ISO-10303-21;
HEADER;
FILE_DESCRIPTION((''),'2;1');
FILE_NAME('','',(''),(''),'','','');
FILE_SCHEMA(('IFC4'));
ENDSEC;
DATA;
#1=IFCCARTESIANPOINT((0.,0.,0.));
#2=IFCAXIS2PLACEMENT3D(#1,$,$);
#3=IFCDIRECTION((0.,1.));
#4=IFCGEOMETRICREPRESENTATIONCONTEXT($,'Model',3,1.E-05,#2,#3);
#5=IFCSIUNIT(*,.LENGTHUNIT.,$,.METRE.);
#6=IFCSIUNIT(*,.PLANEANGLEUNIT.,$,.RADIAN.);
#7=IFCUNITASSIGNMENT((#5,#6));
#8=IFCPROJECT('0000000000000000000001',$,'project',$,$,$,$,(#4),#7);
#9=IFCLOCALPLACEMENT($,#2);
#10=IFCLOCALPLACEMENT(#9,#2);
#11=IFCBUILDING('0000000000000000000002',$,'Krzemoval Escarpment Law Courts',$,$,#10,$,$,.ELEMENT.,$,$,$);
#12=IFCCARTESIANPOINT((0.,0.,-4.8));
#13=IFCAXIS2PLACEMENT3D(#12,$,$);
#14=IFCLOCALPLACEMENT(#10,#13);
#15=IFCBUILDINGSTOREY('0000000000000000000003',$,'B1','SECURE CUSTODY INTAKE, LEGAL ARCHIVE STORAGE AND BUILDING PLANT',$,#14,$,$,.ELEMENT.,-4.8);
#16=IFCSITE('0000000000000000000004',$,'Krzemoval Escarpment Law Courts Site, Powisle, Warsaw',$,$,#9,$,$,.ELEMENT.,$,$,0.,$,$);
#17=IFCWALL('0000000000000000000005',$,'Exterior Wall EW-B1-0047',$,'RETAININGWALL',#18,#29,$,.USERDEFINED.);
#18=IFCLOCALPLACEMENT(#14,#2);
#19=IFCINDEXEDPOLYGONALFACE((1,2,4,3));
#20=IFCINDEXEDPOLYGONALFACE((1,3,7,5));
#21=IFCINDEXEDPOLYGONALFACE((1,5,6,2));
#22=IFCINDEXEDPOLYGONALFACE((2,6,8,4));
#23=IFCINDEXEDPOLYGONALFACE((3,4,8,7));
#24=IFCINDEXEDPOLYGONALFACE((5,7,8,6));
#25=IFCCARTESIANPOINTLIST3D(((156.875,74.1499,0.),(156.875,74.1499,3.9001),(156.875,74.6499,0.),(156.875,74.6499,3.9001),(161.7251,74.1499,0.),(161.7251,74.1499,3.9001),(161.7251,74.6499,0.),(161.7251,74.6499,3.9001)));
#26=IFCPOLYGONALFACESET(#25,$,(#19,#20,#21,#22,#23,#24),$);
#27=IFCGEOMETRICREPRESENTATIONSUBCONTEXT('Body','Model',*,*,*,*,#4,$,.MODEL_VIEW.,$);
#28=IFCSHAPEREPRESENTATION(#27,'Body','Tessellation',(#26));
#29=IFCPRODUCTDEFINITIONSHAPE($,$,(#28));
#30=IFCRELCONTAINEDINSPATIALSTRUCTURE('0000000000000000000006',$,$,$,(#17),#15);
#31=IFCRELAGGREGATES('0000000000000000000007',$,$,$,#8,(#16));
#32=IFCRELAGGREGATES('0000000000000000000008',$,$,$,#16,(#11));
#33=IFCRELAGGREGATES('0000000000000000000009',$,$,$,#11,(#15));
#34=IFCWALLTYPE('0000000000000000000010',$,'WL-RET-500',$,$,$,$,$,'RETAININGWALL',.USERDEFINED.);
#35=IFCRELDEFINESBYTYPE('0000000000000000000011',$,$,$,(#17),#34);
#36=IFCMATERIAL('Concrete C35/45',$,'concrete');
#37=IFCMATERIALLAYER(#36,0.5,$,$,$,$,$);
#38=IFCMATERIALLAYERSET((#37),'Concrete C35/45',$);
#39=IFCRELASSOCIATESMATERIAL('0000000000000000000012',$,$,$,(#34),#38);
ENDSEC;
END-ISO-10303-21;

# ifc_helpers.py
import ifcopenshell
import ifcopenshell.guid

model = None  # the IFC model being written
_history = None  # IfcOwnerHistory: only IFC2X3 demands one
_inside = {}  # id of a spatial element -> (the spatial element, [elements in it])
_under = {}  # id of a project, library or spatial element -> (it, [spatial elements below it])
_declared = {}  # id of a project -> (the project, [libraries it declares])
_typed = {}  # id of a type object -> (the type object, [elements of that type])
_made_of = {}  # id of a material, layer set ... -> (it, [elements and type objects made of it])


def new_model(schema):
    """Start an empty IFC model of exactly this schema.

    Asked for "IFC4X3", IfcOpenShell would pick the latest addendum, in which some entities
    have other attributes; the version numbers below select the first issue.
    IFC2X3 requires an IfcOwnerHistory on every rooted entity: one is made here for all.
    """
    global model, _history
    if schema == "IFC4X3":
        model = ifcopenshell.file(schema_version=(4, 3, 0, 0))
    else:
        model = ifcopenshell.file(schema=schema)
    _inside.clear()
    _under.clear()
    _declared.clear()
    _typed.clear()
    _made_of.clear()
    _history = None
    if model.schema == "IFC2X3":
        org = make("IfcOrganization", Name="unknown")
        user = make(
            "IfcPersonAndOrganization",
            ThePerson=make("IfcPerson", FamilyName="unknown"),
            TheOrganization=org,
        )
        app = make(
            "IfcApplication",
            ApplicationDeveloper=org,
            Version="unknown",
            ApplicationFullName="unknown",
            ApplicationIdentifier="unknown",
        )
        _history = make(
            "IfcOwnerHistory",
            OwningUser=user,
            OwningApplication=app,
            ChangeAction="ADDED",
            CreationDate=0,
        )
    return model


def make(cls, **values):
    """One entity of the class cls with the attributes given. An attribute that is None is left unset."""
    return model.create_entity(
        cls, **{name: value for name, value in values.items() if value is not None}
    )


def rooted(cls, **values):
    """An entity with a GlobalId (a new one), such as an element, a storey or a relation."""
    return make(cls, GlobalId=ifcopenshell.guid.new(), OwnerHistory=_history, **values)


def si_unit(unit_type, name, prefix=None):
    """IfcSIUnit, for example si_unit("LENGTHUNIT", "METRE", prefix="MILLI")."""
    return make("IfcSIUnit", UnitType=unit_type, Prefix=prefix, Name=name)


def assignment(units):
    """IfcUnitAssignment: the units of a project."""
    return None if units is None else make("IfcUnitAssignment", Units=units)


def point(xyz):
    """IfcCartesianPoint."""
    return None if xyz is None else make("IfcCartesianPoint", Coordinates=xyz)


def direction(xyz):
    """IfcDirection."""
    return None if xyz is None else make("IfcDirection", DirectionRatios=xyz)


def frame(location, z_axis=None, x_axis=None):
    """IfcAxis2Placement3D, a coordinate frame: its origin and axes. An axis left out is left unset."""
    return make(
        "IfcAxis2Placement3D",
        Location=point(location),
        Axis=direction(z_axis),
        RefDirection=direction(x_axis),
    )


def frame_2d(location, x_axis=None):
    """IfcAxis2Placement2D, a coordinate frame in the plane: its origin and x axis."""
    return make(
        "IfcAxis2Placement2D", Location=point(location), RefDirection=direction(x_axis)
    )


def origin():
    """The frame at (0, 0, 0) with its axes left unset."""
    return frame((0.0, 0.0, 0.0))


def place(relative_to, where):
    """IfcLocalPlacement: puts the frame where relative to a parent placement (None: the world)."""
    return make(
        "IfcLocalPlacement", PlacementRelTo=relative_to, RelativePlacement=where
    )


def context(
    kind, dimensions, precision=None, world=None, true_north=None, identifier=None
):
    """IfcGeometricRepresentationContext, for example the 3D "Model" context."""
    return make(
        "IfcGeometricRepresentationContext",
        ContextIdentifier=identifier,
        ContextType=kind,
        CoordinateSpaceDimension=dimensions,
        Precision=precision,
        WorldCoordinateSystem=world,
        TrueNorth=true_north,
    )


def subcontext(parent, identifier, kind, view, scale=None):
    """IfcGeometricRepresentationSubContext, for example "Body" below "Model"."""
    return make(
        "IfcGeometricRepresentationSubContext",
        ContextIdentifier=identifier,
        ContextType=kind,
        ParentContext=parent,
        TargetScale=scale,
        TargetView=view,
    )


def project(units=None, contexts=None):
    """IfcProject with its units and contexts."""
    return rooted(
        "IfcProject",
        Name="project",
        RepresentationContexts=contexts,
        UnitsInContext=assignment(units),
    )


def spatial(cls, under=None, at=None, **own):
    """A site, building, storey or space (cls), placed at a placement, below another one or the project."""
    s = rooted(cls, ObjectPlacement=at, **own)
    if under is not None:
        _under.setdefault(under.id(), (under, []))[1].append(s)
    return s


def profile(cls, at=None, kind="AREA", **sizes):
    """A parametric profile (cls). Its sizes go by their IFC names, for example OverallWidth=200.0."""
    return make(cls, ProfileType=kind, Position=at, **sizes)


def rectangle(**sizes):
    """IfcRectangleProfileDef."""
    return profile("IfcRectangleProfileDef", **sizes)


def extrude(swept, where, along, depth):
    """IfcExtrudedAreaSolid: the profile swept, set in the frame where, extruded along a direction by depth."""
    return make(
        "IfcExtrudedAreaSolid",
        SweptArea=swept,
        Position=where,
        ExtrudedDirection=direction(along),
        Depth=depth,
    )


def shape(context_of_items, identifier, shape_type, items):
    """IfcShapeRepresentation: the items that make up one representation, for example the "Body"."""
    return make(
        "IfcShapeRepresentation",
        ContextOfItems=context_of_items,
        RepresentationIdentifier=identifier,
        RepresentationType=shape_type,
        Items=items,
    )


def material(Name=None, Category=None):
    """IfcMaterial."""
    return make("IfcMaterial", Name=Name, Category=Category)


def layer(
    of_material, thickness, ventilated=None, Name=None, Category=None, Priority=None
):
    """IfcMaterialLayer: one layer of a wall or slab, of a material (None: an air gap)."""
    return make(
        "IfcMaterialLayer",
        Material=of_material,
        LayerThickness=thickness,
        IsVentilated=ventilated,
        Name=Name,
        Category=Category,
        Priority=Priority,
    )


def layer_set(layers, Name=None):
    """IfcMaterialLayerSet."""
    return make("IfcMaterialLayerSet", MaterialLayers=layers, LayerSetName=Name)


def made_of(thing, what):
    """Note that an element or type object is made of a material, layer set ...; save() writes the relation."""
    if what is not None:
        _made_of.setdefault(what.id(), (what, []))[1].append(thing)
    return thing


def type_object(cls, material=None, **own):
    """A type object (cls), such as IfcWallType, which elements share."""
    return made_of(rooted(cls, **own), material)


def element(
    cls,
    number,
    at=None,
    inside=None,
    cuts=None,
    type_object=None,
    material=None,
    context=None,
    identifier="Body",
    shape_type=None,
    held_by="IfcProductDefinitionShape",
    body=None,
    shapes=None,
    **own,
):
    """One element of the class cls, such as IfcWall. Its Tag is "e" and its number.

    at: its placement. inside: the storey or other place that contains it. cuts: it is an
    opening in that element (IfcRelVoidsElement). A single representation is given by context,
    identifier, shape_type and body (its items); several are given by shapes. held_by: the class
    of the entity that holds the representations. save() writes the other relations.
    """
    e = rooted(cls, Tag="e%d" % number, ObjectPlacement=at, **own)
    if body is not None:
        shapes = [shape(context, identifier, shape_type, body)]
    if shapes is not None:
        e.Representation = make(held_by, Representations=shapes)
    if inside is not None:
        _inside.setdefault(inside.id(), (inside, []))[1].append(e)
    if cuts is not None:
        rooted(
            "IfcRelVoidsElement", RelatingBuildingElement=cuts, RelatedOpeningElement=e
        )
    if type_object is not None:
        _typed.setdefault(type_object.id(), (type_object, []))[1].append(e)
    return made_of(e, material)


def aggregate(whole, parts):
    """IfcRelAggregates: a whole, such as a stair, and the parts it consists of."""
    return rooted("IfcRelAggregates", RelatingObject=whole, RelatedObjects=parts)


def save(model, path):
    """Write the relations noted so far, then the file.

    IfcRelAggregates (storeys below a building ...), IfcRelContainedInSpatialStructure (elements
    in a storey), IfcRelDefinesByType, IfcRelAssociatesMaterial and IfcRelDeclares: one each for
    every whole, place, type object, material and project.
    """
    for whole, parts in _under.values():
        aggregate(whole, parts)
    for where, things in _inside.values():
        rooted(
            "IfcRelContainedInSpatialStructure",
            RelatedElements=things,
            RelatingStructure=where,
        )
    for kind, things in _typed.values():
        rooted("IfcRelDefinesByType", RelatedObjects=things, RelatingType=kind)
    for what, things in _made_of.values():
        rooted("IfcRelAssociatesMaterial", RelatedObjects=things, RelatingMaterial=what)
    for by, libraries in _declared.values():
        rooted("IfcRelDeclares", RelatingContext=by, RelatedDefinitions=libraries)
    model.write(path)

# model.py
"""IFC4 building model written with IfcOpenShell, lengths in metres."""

from ifc_helpers import new_model, si_unit, direction, frame, frame_2d, origin, place, context, subcontext, project, spatial, rectangle, extrude, material, layer, layer_set, type_object, element, save


model = new_model("IFC4")

# Units and contexts
model_context = context("Model", 3, precision=1e-05, world=origin(), true_north=direction((0.0, 1.0)))
body_context = subcontext(model_context, "Body", "Model", "MODEL_VIEW")
ifc_project = project(units=[si_unit("LENGTHUNIT", "METRE"), si_unit("PLANEANGLEUNIT", "RADIAN")], contexts=[model_context])

# Site, building, storey
site_placement = place(None, origin())
site = spatial("IfcSite", under=ifc_project, at=site_placement, Name="Krzemoval Escarpment Law Courts Site, Powisle, Warsaw", CompositionType="ELEMENT", RefElevation=0.0)
building_placement = place(site_placement, origin())
building = spatial("IfcBuilding", under=site, at=building_placement, Name="Krzemoval Escarpment Law Courts", CompositionType="ELEMENT")
storey_placement = place(building_placement, frame((0.0, 0.0, -4.8)))
storey = spatial("IfcBuildingStorey", under=building, at=storey_placement, Name="B1", Description="SECURE CUSTODY INTAKE, LEGAL ARCHIVE STORAGE AND BUILDING PLANT", CompositionType="ELEMENT", Elevation=-4.8)

# Wall
ifc_material_1 = material(Name="Concrete C35/45", Category="concrete")
ifc_layer_1 = layer(ifc_material_1, 0.5)
ifc_layer_set_1 = layer_set([ifc_layer_1], Name="Concrete C35/45")
wall_type_1 = type_object("IfcWallType", Name="WL-RET-500", ElementType="RETAININGWALL", PredefinedType="USERDEFINED", material=ifc_layer_set_1)
wall_1_placement = place(storey_placement, frame((156.875, 74.3999, 0.0), z_axis=(0.0, 0.0, 1.0), x_axis=(1.0, 0.0, 0.0)))
element("IfcWall", 1, at=wall_1_placement, inside=storey, type_object=wall_type_1, Name="Exterior Wall EW-B1-0047", ObjectType="RETAININGWALL", PredefinedType="USERDEFINED", context=body_context, shape_type="SweptSolid", body=[
    extrude(rectangle(XDim=4.8501, YDim=0.5, at=frame_2d((2.425, 0.0))), origin(), (0.0, 0.0, 1.0), 3.9001),
])

save(model, "model.ifc")
